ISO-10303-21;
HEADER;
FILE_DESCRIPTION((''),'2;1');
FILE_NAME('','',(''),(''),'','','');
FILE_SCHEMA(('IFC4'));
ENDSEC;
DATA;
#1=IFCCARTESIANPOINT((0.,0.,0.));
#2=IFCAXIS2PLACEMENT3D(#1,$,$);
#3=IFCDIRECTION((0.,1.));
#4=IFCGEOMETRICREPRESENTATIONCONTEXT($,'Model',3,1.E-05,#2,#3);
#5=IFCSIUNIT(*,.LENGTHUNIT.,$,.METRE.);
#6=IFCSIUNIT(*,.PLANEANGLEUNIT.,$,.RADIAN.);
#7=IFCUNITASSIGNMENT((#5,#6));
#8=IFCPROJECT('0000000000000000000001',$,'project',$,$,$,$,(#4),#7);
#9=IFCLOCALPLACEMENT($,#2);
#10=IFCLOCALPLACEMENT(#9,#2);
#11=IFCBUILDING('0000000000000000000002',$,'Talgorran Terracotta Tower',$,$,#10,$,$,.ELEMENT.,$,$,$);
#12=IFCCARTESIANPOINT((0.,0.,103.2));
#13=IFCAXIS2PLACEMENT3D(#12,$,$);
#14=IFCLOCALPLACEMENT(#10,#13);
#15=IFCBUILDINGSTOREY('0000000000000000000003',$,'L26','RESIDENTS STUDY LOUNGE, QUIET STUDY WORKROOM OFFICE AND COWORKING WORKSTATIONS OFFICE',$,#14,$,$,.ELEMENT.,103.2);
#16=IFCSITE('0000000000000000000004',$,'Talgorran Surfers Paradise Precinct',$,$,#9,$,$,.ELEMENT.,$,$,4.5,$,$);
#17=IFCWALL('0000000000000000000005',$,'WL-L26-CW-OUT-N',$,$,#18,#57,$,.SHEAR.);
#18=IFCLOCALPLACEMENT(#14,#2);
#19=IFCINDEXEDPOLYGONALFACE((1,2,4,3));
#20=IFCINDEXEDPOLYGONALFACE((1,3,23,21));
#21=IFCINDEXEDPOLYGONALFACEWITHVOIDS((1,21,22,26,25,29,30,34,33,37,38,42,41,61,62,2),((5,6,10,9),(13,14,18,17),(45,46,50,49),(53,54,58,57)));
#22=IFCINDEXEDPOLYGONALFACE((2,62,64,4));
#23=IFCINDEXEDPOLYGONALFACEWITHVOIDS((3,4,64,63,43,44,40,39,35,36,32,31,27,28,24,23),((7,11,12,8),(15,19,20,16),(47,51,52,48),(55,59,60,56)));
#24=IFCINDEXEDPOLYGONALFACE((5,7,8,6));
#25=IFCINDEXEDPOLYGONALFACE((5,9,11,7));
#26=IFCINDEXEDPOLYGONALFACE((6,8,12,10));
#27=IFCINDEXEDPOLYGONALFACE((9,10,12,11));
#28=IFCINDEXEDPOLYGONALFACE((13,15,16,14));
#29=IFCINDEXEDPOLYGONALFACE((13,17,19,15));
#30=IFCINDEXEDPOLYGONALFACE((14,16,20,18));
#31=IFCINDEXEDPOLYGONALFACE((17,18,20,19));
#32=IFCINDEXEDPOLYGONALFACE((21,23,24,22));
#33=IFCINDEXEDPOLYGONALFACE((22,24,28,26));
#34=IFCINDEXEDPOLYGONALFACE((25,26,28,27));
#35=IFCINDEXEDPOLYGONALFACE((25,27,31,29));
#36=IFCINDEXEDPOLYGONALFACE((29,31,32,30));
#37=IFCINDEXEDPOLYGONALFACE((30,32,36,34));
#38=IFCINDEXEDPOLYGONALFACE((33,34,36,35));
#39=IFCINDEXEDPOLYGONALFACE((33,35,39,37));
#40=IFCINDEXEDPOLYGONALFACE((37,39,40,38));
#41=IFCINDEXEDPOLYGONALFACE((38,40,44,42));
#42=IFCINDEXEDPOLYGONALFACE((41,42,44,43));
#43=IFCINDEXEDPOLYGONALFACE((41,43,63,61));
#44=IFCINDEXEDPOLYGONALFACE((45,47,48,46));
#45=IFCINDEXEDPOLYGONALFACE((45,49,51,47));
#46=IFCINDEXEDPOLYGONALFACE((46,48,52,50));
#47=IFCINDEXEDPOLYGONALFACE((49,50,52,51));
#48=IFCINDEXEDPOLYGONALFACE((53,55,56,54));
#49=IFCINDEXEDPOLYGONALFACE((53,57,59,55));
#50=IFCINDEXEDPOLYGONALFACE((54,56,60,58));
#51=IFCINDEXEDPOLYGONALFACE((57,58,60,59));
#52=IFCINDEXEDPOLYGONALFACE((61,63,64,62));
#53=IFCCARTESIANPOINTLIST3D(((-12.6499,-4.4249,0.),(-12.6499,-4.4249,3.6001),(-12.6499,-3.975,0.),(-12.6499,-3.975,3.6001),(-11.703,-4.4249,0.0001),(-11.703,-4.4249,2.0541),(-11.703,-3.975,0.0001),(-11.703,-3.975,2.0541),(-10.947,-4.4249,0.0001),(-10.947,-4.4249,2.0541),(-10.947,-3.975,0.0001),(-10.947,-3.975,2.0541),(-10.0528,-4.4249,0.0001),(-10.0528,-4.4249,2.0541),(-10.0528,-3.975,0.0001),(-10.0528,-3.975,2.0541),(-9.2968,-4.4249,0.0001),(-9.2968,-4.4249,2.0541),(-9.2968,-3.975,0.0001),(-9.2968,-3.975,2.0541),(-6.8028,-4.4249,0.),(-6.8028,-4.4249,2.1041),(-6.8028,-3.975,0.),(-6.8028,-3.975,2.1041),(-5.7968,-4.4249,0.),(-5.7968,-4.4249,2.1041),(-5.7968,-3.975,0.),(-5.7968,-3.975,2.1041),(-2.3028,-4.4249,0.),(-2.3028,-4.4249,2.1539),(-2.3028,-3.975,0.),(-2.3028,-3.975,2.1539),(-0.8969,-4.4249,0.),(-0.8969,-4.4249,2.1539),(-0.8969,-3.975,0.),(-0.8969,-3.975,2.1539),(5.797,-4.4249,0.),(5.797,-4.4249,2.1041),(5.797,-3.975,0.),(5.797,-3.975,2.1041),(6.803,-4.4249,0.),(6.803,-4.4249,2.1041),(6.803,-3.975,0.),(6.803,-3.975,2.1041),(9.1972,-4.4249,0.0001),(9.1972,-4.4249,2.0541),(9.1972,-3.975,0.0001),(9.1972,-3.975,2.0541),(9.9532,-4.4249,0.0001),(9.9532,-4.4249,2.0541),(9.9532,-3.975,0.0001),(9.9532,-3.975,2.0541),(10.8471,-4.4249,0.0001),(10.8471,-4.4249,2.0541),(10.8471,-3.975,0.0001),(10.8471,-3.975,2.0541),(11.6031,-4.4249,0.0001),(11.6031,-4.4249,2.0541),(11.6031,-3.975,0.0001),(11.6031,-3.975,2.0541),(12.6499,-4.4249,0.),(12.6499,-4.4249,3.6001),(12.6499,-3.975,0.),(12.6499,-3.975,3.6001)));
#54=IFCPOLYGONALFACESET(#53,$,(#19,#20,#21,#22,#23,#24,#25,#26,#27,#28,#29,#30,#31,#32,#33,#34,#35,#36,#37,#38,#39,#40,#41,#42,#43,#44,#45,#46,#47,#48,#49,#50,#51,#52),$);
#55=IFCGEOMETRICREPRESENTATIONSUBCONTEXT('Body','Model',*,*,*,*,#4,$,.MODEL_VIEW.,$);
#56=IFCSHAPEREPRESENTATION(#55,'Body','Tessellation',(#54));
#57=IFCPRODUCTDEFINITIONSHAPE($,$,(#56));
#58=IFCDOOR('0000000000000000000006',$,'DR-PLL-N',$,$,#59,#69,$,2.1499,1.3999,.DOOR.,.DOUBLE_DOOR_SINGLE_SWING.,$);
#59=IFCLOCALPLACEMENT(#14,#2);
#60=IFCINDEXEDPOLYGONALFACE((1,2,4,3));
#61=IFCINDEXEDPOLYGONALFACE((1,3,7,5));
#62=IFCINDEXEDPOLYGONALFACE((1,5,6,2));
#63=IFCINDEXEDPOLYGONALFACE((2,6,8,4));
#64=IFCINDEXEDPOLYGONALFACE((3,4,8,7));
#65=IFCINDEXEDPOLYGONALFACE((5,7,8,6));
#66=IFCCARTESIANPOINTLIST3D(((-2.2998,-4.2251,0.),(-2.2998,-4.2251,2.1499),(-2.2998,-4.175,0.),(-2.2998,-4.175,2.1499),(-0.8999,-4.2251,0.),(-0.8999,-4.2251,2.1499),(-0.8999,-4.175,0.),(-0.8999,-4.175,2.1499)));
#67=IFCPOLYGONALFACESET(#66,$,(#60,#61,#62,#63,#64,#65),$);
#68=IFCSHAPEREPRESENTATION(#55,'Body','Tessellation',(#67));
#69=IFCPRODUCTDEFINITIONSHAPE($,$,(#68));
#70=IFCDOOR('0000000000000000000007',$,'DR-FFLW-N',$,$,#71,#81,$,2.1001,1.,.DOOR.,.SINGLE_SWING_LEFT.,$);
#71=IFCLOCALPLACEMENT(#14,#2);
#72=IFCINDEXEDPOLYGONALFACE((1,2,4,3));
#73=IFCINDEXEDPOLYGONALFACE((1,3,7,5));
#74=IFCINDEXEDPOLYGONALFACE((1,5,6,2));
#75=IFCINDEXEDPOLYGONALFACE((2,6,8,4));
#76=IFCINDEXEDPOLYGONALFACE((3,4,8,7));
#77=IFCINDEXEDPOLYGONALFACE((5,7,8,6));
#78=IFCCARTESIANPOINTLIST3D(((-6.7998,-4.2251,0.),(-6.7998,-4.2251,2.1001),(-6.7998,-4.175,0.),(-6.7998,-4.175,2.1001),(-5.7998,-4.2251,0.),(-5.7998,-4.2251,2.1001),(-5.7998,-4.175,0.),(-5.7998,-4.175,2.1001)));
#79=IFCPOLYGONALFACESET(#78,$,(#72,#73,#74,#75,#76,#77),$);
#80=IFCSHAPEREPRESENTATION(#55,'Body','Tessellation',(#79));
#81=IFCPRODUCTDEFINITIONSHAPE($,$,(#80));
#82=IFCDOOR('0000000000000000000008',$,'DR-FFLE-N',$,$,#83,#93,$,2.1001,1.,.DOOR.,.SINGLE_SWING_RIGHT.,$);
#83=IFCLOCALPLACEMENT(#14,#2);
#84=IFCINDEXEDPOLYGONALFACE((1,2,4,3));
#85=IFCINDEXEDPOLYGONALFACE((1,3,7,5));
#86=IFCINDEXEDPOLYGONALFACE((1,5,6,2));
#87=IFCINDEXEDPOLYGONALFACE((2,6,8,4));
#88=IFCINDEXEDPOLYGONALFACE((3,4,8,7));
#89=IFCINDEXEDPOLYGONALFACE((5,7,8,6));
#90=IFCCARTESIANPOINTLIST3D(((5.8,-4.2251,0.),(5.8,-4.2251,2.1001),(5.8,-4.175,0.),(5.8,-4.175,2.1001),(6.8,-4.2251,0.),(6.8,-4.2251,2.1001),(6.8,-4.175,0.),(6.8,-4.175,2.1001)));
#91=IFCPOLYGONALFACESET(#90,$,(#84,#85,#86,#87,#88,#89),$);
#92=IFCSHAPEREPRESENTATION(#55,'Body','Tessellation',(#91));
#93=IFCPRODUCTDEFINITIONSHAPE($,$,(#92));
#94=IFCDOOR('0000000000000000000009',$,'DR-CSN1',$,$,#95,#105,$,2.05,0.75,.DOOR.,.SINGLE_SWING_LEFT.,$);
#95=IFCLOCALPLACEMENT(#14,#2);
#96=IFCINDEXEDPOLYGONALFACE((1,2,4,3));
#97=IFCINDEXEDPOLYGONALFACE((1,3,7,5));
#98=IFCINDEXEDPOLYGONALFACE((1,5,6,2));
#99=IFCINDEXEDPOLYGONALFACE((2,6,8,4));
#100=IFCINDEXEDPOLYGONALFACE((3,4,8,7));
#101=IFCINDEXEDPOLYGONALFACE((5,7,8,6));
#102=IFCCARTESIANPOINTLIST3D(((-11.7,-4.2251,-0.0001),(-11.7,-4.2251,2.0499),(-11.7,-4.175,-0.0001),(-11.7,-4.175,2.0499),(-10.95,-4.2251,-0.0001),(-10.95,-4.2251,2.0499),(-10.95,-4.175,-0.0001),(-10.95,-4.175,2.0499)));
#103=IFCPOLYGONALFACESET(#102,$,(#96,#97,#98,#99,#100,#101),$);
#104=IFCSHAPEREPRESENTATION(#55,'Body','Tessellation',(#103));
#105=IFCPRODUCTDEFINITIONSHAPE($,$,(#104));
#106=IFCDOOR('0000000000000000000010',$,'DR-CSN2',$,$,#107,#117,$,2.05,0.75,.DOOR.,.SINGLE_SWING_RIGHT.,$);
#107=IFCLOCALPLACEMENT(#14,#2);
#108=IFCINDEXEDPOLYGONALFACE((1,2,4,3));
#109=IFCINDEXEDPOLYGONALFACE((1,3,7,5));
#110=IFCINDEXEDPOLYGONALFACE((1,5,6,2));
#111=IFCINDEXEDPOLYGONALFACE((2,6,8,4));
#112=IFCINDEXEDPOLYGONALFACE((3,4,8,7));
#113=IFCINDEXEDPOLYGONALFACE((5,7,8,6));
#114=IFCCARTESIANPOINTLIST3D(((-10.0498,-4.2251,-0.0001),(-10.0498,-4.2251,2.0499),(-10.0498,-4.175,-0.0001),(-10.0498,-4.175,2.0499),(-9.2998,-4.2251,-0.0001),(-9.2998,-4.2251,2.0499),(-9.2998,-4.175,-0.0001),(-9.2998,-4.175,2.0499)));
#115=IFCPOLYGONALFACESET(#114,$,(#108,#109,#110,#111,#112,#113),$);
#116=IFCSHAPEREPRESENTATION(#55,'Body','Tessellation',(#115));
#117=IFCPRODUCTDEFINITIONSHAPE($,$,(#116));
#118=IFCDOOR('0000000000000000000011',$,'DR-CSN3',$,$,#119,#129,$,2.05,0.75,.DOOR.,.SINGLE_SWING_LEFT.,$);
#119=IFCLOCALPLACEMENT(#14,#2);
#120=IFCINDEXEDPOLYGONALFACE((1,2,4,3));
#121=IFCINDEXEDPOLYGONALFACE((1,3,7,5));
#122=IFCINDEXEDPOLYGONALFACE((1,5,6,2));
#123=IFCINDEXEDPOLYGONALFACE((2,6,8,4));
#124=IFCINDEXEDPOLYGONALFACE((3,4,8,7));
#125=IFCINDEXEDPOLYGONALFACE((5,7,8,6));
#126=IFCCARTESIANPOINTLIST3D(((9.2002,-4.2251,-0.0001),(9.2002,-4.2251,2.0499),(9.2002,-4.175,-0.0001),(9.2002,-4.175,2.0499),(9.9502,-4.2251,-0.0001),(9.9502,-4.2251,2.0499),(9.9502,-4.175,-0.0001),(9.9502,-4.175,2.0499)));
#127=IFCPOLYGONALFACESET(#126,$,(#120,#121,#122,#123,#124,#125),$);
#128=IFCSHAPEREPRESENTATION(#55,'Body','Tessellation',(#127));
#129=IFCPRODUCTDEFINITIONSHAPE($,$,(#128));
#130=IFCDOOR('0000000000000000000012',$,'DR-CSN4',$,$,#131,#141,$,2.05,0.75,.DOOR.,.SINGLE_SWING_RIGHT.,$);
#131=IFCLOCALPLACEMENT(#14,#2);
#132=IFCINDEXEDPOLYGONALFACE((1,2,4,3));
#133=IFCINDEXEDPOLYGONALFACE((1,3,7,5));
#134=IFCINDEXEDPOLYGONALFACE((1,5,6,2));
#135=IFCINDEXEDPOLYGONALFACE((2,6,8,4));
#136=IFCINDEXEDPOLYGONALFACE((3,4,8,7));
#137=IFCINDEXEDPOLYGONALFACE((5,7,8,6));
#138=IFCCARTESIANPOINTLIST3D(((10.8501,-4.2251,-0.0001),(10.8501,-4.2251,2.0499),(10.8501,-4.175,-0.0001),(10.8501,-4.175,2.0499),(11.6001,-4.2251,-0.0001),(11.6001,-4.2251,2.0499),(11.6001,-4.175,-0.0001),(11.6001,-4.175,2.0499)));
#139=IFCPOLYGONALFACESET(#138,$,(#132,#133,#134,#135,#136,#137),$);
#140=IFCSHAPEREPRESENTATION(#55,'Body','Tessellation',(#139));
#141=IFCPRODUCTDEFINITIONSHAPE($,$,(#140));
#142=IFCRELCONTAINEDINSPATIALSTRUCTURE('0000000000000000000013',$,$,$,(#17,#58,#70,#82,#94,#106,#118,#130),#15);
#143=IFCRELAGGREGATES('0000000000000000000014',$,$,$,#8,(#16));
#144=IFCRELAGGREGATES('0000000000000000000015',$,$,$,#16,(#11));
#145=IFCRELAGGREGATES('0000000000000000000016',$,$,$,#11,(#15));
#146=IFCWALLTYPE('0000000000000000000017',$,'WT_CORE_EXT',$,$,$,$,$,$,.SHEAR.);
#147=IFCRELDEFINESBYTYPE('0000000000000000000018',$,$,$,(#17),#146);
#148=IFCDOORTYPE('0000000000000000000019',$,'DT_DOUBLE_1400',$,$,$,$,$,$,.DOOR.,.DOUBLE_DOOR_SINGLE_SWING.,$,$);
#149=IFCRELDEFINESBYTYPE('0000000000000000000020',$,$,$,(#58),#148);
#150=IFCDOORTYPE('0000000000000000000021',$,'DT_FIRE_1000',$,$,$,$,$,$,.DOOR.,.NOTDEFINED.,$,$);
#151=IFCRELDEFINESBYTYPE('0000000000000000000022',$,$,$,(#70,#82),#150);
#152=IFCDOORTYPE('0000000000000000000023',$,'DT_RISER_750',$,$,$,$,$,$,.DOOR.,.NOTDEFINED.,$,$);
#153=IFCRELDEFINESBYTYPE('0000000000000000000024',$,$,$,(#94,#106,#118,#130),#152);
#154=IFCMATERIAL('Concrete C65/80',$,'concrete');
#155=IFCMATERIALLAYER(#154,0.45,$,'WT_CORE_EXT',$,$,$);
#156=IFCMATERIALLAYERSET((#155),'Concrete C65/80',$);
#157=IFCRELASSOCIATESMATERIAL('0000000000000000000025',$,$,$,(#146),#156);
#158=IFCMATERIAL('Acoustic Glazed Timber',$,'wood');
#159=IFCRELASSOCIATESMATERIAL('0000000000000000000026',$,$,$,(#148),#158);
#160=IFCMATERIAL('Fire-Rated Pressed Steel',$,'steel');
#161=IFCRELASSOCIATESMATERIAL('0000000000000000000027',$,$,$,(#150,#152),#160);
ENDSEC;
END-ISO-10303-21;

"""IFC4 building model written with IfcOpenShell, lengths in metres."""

from ifc_helpers import new_model, si_unit, direction, frame, frame_2d, origin, place, context, subcontext, project, spatial, rectangle, extrude, material, layer, layer_set, type_object, element, fill, save


model = new_model("IFC4")

# Units and contexts
model_context = context("Model", 3, precision=1e-05, world=origin(), true_north=direction((0.0, 1.0)))
body_context = subcontext(model_context, "Body", "Model", "MODEL_VIEW")
ifc_project = project(units=[si_unit("LENGTHUNIT", "METRE"), si_unit("PLANEANGLEUNIT", "RADIAN")], contexts=[model_context])

# Site, building, storey
site_placement = place(None, origin())
site = spatial("IfcSite", under=ifc_project, at=site_placement, Name="Talgorran Surfers Paradise Precinct", CompositionType="ELEMENT", RefElevation=4.5)
building_placement = place(site_placement, origin())
building = spatial("IfcBuilding", under=site, at=building_placement, Name="Talgorran Terracotta Tower", CompositionType="ELEMENT")
storey_placement = place(building_placement, frame((0.0, 0.0, 103.2)))
storey = spatial("IfcBuildingStorey", under=building, at=storey_placement, Name="L26", Description="RESIDENTS STUDY LOUNGE, QUIET STUDY WORKROOM OFFICE AND COWORKING WORKSTATIONS OFFICE", CompositionType="ELEMENT", Elevation=103.2)

# Wall, openings, doors
ifc_material_1 = material(Name="Concrete C65/80", Category="concrete")
ifc_layer_1 = layer(ifc_material_1, 0.45, Name="WT_CORE_EXT")
ifc_layer_set_1 = layer_set([ifc_layer_1], Name="Concrete C65/80")
wall_type_1 = type_object("IfcWallType", Name="WT_CORE_EXT", PredefinedType="SHEAR", material=ifc_layer_set_1)
wall_1_placement = place(storey_placement, frame((-12.6499, -4.2, 0.0), z_axis=(0.0, 0.0, 1.0), x_axis=(1.0, 0.0, 0.0)))
wall_1 = element("IfcWall", 1, at=wall_1_placement, inside=storey, type_object=wall_type_1, Name="WL-L26-CW-OUT-N", PredefinedType="SHEAR", context=body_context, shape_type="SweptSolid", body=[
    extrude(rectangle(XDim=25.2998, YDim=0.45, at=frame_2d((12.6499, 0.0))), origin(), (0.0, 0.0, 1.0), 3.6001),
])
opening_1_placement = place(wall_1_placement, frame((0.95, 0.0, 0.0)))
opening_1 = element("IfcOpeningElement", 2, at=opening_1_placement, cuts=wall_1, PredefinedType="OPENING", context=body_context, shape_type="SweptSolid", body=[
    extrude(rectangle(XDim=0.756, YDim=2.054, at=frame_2d((0.375, 1.0271))), frame((0.0, 0.2349, 0.0), z_axis=(0.0, -1.0, 0.0), x_axis=(1.0, 0.0, 0.0)), (0.0, 0.0, 1.0), 0.47),
])
opening_2_placement = place(wall_1_placement, frame((2.6001, 0.0, 0.0)))
opening_2 = element("IfcOpeningElement", 3, at=opening_2_placement, cuts=wall_1, PredefinedType="OPENING", context=body_context, shape_type="SweptSolid", body=[
    extrude(rectangle(XDim=0.756, YDim=2.054, at=frame_2d((0.375, 1.0271))), frame((0.0, 0.2349, 0.0), z_axis=(0.0, -1.0, 0.0), x_axis=(1.0, 0.0, 0.0)), (0.0, 0.0, 1.0), 0.47),
])
opening_3_placement = place(wall_1_placement, frame((21.8501, 0.0, 0.0)))
opening_3 = element("IfcOpeningElement", 4, at=opening_3_placement, cuts=wall_1, PredefinedType="OPENING", context=body_context, shape_type="SweptSolid", body=[
    extrude(rectangle(XDim=0.756, YDim=2.054, at=frame_2d((0.375, 1.0271))), frame((0.0, 0.2349, 0.0), z_axis=(0.0, -1.0, 0.0), x_axis=(1.0, 0.0, 0.0)), (0.0, 0.0, 1.0), 0.47),
])
opening_4_placement = place(wall_1_placement, frame((23.5, 0.0, 0.0)))
opening_4 = element("IfcOpeningElement", 5, at=opening_4_placement, cuts=wall_1, PredefinedType="OPENING", context=body_context, shape_type="SweptSolid", body=[
    extrude(rectangle(XDim=0.756, YDim=2.054, at=frame_2d((0.375, 1.0271))), frame((0.0, 0.2349, 0.0), z_axis=(0.0, -1.0, 0.0), x_axis=(1.0, 0.0, 0.0)), (0.0, 0.0, 1.0), 0.47),
])
opening_5_placement = place(wall_1_placement, frame((5.8501, 0.0, 0.0)))
opening_5 = element("IfcOpeningElement", 6, at=opening_5_placement, cuts=wall_1, PredefinedType="OPENING", context=body_context, shape_type="SweptSolid", body=[
    extrude(rectangle(XDim=1.006, YDim=2.1041, at=frame_2d((0.5, 1.052))), frame((0.0, 0.2349, 0.0), z_axis=(0.0, -1.0, 0.0), x_axis=(1.0, 0.0, 0.0)), (0.0, 0.0, 1.0), 0.47),
])
opening_6_placement = place(wall_1_placement, frame((10.3501, 0.0, 0.0)))
opening_6 = element("IfcOpeningElement", 7, at=opening_6_placement, cuts=wall_1, PredefinedType="OPENING", context=body_context, shape_type="SweptSolid", body=[
    extrude(rectangle(XDim=1.4059, YDim=2.1539, at=frame_2d((0.7, 1.0769))), frame((0.0, 0.2349, 0.0), z_axis=(0.0, -1.0, 0.0), x_axis=(1.0, 0.0, 0.0)), (0.0, 0.0, 1.0), 0.47),
])
opening_7_placement = place(wall_1_placement, frame((18.45, 0.0, 0.0)))
opening_7 = element("IfcOpeningElement", 8, at=opening_7_placement, cuts=wall_1, PredefinedType="OPENING", context=body_context, shape_type="SweptSolid", body=[
    extrude(rectangle(XDim=1.006, YDim=2.1041, at=frame_2d((0.5, 1.052))), frame((0.0, 0.2349, 0.0), z_axis=(0.0, -1.0, 0.0), x_axis=(1.0, 0.0, 0.0)), (0.0, 0.0, 1.0), 0.47),
])
ifc_material_2 = material(Name="Acoustic Glazed Timber", Category="wood")
door_type_1 = type_object("IfcDoorType", Name="DT_DOUBLE_1400", OperationType="DOUBLE_DOOR_SINGLE_SWING", PredefinedType="DOOR", material=ifc_material_2)
door_1_placement = place(opening_6_placement, origin())
door_1 = element("IfcDoor", 9, at=door_1_placement, inside=storey, type_object=door_type_1, Name="DR-PLL-N", OperationType="DOUBLE_DOOR_SINGLE_SWING", OverallHeight=2.1499, OverallWidth=1.3999, PredefinedType="DOOR", context=body_context, shape_type="SweptSolid", body=[
    extrude(rectangle(XDim=1.3999, YDim=2.1499, at=frame_2d((0.7, 1.075))), frame((0.0, 0.0249, 0.0), z_axis=(0.0, -1.0, 0.0), x_axis=(1.0, 0.0, 0.0)), (0.0, 0.0, 1.0), 0.05),
])
fill(opening_6, door_1)
ifc_material_3 = material(Name="Fire-Rated Pressed Steel", Category="steel")
door_type_2 = type_object("IfcDoorType", Name="DT_FIRE_1000", OperationType="NOTDEFINED", PredefinedType="DOOR", material=ifc_material_3)
door_2_placement = place(opening_5_placement, origin())
door_2 = element("IfcDoor", 10, at=door_2_placement, inside=storey, type_object=door_type_2, Name="DR-FFLW-N", OperationType="SINGLE_SWING_LEFT", OverallHeight=2.1001, OverallWidth=1.0, PredefinedType="DOOR", context=body_context, shape_type="SweptSolid", body=[
    extrude(rectangle(XDim=1.0, YDim=2.1001, at=frame_2d((0.5, 1.05))), frame((0.0, 0.0249, 0.0), z_axis=(0.0, -1.0, 0.0), x_axis=(1.0, 0.0, 0.0)), (0.0, 0.0, 1.0), 0.05),
])
fill(opening_5, door_2)
door_3_placement = place(opening_7_placement, origin())
door_3 = element("IfcDoor", 11, at=door_3_placement, inside=storey, type_object=door_type_2, Name="DR-FFLE-N", OperationType="SINGLE_SWING_RIGHT", OverallHeight=2.1001, OverallWidth=1.0, PredefinedType="DOOR", context=body_context, shape_type="SweptSolid", body=[
    extrude(rectangle(XDim=1.0, YDim=2.1001, at=frame_2d((0.5, 1.05))), frame((0.0, 0.0249, 0.0), z_axis=(0.0, -1.0, 0.0), x_axis=(1.0, 0.0, 0.0)), (0.0, 0.0, 1.0), 0.05),
])
fill(opening_7, door_3)
door_type_3 = type_object("IfcDoorType", Name="DT_RISER_750", OperationType="NOTDEFINED", PredefinedType="DOOR", material=ifc_material_3)
door_4_placement = place(opening_1_placement, origin())
door_4 = element("IfcDoor", 12, at=door_4_placement, inside=storey, type_object=door_type_3, Name="DR-CSN1", OperationType="SINGLE_SWING_LEFT", OverallHeight=2.05, OverallWidth=0.75, PredefinedType="DOOR", context=body_context, shape_type="SweptSolid", body=[
    extrude(rectangle(XDim=0.75, YDim=2.05, at=frame_2d((0.375, 1.0249))), frame((0.0, 0.0249, 0.0), z_axis=(0.0, -1.0, 0.0), x_axis=(1.0, 0.0, 0.0)), (0.0, 0.0, 1.0), 0.05),
])
fill(opening_1, door_4)
door_5_placement = place(opening_2_placement, origin())
door_5 = element("IfcDoor", 13, at=door_5_placement, inside=storey, type_object=door_type_3, Name="DR-CSN2", OperationType="SINGLE_SWING_RIGHT", OverallHeight=2.05, OverallWidth=0.75, PredefinedType="DOOR", context=body_context, shape_type="SweptSolid", body=[
    extrude(rectangle(XDim=0.75, YDim=2.05, at=frame_2d((0.375, 1.0249))), frame((0.0, 0.0249, 0.0), z_axis=(0.0, -1.0, 0.0), x_axis=(1.0, 0.0, 0.0)), (0.0, 0.0, 1.0), 0.05),
])
fill(opening_2, door_5)
door_6_placement = place(opening_3_placement, origin())
door_6 = element("IfcDoor", 14, at=door_6_placement, inside=storey, type_object=door_type_3, Name="DR-CSN3", OperationType="SINGLE_SWING_LEFT", OverallHeight=2.05, OverallWidth=0.75, PredefinedType="DOOR", context=body_context, shape_type="SweptSolid", body=[
    extrude(rectangle(XDim=0.75, YDim=2.05, at=frame_2d((0.375, 1.0249))), frame((0.0, 0.0249, 0.0), z_axis=(0.0, -1.0, 0.0), x_axis=(1.0, 0.0, 0.0)), (0.0, 0.0, 1.0), 0.05),
])
fill(opening_3, door_6)
door_7_placement = place(opening_4_placement, origin())
door_7 = element("IfcDoor", 15, at=door_7_placement, inside=storey, type_object=door_type_3, Name="DR-CSN4", OperationType="SINGLE_SWING_RIGHT", OverallHeight=2.05, OverallWidth=0.75, PredefinedType="DOOR", context=body_context, shape_type="SweptSolid", body=[
    extrude(rectangle(XDim=0.75, YDim=2.05, at=frame_2d((0.375, 1.0249))), frame((0.0, 0.0249, 0.0), z_axis=(0.0, -1.0, 0.0), x_axis=(1.0, 0.0, 0.0)), (0.0, 0.0, 1.0), 0.05),
])
fill(opening_4, door_7)

save(model, "model.ifc")
